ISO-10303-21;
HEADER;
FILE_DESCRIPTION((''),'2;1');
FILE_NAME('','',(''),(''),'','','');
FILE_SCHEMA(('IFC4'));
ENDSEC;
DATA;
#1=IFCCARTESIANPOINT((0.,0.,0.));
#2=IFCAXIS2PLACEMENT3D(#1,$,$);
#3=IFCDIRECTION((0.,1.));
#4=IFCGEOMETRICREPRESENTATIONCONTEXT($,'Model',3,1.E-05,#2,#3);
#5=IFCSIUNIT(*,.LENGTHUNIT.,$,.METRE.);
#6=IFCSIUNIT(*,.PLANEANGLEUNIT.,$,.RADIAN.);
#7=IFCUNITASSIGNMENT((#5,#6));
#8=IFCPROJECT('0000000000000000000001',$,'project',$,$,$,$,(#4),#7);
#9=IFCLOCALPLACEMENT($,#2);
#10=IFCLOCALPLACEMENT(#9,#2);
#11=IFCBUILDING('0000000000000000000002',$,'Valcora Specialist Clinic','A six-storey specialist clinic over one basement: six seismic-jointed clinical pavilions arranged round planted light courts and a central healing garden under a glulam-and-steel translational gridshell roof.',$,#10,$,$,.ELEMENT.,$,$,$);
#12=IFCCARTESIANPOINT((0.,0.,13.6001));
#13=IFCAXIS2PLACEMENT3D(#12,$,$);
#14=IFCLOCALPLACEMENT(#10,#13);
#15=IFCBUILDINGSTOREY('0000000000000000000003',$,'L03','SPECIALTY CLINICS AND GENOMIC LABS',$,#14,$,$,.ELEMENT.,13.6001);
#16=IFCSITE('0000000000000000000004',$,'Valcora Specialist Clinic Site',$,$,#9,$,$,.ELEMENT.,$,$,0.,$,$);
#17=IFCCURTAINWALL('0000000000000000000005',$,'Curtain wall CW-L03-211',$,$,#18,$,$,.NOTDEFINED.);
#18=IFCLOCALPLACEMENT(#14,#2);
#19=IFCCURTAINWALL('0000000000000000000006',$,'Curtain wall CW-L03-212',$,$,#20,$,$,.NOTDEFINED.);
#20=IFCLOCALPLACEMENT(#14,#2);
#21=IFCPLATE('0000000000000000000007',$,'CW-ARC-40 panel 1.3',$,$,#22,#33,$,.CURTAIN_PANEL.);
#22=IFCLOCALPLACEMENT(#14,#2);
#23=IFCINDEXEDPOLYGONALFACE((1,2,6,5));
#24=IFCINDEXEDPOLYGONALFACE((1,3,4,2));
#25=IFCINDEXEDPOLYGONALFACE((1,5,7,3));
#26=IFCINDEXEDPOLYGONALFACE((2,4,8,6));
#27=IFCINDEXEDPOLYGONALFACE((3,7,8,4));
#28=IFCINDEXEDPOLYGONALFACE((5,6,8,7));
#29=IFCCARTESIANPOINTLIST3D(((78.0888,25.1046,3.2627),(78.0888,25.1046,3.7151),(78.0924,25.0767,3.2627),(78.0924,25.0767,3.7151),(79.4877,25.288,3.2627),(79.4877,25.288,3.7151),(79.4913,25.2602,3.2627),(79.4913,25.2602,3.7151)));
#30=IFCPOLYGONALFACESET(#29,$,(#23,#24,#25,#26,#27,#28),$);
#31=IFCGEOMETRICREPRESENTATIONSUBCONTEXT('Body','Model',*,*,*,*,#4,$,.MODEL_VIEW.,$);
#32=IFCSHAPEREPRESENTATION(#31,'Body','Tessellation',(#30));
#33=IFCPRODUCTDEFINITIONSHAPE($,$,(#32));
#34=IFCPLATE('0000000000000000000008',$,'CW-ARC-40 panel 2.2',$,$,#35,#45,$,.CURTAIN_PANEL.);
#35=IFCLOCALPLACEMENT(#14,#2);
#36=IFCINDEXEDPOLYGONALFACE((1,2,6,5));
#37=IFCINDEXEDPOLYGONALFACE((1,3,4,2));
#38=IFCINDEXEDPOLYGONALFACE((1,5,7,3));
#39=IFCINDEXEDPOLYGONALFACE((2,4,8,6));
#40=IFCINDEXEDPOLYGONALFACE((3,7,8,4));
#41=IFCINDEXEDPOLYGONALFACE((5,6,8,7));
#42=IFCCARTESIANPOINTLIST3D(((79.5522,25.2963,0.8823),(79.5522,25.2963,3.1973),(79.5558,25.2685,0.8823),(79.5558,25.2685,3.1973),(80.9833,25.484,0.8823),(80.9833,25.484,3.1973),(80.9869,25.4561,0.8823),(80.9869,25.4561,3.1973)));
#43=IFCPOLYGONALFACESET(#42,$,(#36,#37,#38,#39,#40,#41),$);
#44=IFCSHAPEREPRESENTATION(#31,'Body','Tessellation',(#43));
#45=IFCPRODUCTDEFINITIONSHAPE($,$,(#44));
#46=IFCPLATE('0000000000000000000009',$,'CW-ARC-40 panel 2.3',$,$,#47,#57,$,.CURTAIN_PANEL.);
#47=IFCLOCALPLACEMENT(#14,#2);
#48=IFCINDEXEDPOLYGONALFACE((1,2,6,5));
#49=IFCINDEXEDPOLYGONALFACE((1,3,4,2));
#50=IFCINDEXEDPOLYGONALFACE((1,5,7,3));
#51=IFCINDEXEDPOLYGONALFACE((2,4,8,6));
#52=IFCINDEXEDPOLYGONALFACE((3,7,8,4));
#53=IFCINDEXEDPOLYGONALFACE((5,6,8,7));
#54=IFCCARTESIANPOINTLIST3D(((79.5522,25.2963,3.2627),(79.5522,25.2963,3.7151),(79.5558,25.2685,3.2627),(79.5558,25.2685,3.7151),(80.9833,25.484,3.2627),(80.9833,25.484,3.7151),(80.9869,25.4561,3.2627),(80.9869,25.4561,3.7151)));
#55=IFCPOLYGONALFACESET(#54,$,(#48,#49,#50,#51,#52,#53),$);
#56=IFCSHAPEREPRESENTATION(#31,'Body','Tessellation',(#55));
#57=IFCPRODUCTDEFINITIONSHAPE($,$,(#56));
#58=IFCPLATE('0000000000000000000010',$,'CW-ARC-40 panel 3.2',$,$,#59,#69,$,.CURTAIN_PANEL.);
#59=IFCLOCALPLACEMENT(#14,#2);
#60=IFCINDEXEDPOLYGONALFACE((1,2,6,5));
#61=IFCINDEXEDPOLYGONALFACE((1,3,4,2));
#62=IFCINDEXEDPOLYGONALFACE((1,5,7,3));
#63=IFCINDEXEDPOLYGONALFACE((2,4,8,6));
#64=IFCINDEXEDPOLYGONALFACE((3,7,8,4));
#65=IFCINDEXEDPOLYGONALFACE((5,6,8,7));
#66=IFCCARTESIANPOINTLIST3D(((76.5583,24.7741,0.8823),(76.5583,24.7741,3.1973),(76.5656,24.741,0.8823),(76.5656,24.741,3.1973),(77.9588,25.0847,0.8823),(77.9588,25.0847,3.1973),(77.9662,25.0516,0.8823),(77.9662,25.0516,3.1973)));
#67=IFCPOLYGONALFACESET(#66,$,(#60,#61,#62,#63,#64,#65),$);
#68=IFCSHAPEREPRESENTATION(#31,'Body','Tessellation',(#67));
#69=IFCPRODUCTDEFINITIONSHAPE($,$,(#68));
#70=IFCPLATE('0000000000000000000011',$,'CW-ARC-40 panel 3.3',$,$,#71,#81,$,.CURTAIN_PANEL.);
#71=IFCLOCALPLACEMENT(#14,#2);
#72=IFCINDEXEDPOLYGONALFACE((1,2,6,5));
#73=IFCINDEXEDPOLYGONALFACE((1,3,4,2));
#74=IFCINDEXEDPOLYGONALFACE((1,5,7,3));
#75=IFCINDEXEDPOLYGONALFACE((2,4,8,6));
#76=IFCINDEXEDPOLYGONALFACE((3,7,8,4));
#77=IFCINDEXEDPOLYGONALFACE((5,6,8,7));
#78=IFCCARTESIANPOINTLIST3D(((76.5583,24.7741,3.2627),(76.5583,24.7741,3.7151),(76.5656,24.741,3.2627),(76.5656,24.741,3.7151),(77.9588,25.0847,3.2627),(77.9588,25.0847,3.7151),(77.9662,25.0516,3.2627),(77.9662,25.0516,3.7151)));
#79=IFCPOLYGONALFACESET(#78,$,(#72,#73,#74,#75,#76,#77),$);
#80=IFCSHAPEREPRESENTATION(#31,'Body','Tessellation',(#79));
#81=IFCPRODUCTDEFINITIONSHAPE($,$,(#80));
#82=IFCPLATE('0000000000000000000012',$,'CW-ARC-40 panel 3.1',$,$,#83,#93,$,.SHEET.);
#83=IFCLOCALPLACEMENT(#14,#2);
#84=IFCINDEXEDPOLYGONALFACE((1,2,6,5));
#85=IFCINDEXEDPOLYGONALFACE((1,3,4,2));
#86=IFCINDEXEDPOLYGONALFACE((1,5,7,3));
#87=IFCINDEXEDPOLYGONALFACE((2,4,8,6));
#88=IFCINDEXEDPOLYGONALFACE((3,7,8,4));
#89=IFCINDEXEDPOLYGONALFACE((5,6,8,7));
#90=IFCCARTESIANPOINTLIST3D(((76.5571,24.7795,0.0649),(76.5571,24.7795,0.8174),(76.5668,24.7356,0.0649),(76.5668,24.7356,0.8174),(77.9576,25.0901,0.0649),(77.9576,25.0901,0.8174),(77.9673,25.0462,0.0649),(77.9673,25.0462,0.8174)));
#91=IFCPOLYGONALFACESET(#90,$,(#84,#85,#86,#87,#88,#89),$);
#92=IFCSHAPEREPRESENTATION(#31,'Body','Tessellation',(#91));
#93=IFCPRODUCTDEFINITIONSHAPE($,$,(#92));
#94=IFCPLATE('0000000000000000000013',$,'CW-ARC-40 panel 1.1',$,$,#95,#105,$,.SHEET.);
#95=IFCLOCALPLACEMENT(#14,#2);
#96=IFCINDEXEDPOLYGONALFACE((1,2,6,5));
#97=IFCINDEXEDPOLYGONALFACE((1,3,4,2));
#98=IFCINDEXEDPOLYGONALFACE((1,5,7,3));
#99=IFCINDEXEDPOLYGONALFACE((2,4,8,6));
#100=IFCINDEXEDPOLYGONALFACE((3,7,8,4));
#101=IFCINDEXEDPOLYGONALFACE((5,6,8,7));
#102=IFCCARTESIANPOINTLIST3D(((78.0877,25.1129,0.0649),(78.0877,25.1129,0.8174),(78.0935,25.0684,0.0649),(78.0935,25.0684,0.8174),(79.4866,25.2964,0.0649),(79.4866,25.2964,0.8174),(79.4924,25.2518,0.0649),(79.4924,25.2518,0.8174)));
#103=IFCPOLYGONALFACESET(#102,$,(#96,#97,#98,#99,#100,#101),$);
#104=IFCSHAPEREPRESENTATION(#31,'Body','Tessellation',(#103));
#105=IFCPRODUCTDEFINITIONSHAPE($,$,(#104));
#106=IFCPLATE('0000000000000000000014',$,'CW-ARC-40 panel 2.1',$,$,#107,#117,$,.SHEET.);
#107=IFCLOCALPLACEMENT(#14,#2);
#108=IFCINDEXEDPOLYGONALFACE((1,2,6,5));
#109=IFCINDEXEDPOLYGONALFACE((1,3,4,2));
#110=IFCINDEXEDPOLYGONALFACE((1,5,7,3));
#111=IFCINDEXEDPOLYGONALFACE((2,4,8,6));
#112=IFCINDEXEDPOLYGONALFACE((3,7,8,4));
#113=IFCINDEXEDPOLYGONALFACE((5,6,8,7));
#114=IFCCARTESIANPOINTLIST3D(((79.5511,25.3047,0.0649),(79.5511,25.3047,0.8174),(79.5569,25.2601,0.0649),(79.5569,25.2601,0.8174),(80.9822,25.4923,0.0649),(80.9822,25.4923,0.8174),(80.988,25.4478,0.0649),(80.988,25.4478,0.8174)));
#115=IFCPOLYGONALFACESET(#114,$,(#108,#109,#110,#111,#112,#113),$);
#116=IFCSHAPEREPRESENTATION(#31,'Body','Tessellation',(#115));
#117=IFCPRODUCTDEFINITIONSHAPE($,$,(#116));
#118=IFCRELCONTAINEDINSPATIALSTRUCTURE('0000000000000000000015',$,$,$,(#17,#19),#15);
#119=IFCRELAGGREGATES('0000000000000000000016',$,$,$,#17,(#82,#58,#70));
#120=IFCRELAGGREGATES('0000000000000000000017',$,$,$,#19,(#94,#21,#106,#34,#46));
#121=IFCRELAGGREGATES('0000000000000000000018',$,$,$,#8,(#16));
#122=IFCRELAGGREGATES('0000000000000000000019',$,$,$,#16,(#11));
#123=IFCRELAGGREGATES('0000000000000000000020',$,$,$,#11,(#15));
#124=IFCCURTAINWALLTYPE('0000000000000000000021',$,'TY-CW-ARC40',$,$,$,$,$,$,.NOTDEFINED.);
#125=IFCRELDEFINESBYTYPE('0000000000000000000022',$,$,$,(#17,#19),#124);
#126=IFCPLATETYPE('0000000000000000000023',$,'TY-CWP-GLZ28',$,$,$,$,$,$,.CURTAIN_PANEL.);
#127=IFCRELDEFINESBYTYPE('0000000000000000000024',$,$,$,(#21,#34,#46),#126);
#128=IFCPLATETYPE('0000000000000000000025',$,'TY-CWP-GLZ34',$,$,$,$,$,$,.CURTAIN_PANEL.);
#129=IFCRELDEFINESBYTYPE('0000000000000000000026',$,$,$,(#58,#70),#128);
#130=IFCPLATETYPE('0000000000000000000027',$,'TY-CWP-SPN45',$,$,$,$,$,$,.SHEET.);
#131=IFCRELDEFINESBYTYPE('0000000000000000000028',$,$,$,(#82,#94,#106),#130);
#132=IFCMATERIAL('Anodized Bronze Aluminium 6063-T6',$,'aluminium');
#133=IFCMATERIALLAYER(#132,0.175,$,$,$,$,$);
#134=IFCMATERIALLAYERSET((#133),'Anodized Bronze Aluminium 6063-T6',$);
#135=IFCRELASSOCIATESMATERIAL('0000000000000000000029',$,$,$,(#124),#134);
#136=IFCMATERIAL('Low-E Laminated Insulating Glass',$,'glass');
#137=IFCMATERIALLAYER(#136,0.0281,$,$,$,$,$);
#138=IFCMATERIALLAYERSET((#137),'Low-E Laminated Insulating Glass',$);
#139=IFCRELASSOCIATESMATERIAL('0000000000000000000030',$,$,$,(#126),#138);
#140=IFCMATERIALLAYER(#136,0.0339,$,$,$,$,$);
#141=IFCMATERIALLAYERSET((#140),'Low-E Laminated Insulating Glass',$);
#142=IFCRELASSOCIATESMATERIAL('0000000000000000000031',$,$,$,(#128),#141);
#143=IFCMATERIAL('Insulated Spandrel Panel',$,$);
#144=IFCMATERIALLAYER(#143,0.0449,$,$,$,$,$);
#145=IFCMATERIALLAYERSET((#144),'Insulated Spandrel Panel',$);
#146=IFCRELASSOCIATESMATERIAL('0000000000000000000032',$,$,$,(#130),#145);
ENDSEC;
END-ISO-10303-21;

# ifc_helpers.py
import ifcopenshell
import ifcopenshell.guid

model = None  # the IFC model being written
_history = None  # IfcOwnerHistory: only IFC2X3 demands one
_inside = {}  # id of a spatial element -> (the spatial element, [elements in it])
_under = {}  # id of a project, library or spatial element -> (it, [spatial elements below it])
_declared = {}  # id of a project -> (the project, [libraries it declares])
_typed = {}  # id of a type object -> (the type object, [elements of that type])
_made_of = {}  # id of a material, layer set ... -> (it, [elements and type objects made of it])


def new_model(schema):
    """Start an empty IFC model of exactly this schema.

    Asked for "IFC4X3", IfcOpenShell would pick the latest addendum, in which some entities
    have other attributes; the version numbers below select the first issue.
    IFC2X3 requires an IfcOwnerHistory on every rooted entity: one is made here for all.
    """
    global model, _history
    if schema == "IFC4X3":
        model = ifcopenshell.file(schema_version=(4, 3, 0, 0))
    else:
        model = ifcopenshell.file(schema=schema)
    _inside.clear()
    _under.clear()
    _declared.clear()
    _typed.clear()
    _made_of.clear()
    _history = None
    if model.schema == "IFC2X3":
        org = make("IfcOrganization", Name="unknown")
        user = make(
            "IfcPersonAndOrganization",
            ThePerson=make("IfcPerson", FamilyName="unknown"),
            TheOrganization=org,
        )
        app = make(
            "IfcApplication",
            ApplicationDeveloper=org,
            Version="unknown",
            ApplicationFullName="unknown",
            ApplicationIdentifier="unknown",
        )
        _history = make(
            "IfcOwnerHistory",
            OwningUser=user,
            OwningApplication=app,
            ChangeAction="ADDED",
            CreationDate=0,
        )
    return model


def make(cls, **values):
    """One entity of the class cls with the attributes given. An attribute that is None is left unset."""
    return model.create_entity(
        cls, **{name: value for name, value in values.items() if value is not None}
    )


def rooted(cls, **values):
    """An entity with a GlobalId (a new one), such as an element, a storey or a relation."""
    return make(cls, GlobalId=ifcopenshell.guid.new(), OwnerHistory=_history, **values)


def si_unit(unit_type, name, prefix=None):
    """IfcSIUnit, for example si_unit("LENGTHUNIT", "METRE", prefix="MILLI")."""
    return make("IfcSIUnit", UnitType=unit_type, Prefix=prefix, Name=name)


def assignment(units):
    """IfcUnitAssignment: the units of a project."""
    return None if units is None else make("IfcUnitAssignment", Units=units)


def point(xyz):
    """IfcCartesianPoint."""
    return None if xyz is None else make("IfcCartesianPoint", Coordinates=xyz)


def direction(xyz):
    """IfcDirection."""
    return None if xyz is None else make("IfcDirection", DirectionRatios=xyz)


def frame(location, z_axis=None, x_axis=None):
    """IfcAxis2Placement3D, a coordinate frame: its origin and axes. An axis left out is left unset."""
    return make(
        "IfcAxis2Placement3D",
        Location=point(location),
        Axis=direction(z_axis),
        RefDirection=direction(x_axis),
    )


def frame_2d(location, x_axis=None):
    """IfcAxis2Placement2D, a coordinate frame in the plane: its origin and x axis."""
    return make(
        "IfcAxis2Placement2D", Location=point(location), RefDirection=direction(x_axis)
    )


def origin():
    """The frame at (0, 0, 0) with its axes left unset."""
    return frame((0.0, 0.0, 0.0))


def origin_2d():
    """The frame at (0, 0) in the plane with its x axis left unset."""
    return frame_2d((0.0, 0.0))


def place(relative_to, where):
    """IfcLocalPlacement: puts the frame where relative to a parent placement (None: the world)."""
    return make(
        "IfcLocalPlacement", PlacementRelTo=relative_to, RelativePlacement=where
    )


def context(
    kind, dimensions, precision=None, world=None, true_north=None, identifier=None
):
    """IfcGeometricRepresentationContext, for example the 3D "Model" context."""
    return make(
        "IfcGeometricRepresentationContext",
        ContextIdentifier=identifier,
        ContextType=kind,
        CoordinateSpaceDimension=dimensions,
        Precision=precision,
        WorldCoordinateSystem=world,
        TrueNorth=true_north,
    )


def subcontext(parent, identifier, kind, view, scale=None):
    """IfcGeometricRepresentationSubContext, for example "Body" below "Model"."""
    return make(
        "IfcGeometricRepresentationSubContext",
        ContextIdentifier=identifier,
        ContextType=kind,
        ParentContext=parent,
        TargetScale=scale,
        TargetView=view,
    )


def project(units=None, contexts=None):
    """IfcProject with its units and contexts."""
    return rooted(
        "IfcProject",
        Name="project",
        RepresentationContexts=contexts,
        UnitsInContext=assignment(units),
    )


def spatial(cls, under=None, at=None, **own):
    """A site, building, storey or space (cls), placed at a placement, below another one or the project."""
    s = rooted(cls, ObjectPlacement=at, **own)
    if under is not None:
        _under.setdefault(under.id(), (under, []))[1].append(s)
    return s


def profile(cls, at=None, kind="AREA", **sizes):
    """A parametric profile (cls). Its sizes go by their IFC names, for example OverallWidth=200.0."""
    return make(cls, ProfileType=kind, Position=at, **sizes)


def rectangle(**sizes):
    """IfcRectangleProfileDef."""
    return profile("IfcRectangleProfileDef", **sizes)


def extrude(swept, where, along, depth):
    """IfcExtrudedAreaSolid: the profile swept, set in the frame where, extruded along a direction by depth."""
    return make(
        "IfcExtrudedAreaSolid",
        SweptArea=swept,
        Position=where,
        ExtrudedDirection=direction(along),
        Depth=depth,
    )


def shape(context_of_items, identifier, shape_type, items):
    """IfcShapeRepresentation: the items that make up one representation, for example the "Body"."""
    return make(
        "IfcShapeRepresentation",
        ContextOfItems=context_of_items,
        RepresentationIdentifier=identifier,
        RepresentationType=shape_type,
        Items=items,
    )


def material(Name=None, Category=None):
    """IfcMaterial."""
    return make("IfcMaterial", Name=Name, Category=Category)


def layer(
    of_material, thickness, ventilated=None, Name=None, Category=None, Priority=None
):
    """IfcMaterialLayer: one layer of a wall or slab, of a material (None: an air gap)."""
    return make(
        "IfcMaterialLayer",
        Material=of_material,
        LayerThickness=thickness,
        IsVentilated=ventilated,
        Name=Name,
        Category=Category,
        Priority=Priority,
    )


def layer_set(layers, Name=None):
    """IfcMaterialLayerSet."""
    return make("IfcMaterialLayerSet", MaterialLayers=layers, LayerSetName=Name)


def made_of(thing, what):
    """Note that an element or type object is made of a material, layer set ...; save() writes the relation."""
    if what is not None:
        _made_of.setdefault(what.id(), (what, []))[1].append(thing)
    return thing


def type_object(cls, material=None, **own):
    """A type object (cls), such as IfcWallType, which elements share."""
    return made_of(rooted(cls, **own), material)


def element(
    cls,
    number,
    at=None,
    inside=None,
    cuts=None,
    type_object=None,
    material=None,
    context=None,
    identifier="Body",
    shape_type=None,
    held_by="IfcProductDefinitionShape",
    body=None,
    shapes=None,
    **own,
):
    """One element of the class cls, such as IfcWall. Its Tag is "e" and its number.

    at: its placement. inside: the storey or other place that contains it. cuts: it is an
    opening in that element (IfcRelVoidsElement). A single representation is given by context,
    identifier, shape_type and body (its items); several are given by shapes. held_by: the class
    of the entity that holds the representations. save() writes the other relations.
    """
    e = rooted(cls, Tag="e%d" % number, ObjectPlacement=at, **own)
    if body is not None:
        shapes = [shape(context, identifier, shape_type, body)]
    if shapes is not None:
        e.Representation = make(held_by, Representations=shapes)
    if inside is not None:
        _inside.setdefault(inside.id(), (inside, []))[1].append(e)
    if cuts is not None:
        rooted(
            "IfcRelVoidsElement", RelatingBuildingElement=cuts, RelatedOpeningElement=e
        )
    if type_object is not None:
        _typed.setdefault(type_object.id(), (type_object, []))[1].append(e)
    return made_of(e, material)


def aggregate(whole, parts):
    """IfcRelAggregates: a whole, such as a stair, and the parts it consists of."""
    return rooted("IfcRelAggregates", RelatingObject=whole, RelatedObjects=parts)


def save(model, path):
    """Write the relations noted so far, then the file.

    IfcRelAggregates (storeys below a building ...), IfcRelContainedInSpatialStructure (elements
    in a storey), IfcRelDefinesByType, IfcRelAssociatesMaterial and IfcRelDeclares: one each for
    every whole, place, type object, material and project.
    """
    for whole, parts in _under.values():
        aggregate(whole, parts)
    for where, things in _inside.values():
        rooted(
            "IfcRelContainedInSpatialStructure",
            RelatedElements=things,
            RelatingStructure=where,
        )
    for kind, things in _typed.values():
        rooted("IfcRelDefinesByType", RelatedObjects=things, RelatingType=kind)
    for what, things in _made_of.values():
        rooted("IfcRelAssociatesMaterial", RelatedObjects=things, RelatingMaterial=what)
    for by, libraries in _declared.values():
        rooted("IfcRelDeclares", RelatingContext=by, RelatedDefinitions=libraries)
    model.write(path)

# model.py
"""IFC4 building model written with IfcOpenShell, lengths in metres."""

from ifc_helpers import new_model, si_unit, direction, frame, origin, origin_2d, place, context, subcontext, project, spatial, rectangle, extrude, material, layer, layer_set, type_object, element, aggregate, save


model = new_model("IFC4")

# Units and contexts
model_context = context("Model", 3, precision=1e-05, world=origin(), true_north=direction((0.0, 1.0)))
body_context = subcontext(model_context, "Body", "Model", "MODEL_VIEW")
ifc_project = project(units=[si_unit("LENGTHUNIT", "METRE"), si_unit("PLANEANGLEUNIT", "RADIAN")], contexts=[model_context])

# Site, building, storey
site_placement = place(None, origin())
site = spatial("IfcSite", under=ifc_project, at=site_placement, Name="Valcora Specialist Clinic Site", CompositionType="ELEMENT", RefElevation=0.0)
building_placement = place(site_placement, origin())
building = spatial("IfcBuilding", under=site, at=building_placement, Name="Valcora Specialist Clinic", Description="A six-storey specialist clinic over one basement: six seismic-jointed clinical pavilions arranged round planted light courts and a central healing garden under a glulam-and-steel translational gridshell roof.", CompositionType="ELEMENT")
storey_placement = place(building_placement, frame((0.0, 0.0, 13.6001)))
storey = spatial("IfcBuildingStorey", under=building, at=storey_placement, Name="L03", Description="SPECIALTY CLINICS AND GENOMIC LABS", CompositionType="ELEMENT", Elevation=13.6001)

# Curtain walls
ifc_material_1 = material(Name="Anodized Bronze Aluminium 6063-T6", Category="aluminium")
ifc_layer_1 = layer(ifc_material_1, 0.175)
ifc_layer_set_1 = layer_set([ifc_layer_1], Name="Anodized Bronze Aluminium 6063-T6")
curtain_wall_type = type_object("IfcCurtainWallType", Name="TY-CW-ARC40", PredefinedType="NOTDEFINED", material=ifc_layer_set_1)
curtain_wall_1_placement = place(storey_placement, origin())
curtain_wall_1 = element("IfcCurtainWall", 1, at=curtain_wall_1_placement, inside=storey, type_object=curtain_wall_type, Name="Curtain wall CW-L03-211", PredefinedType="NOTDEFINED")
curtain_wall_2_placement = place(storey_placement, origin())
curtain_wall_2 = element("IfcCurtainWall", 2, at=curtain_wall_2_placement, inside=storey, type_object=curtain_wall_type, Name="Curtain wall CW-L03-212", PredefinedType="NOTDEFINED")

# Plates
ifc_material_2 = material(Name="Low-E Laminated Insulating Glass", Category="glass")
ifc_layer_2 = layer(ifc_material_2, 0.0281)
ifc_layer_set_2 = layer_set([ifc_layer_2], Name="Low-E Laminated Insulating Glass")
plate_type_1 = type_object("IfcPlateType", Name="TY-CWP-GLZ28", PredefinedType="CURTAIN_PANEL", material=ifc_layer_set_2)
plate_1_placement = place(storey_placement, frame((78.79, 25.1824, 3.2627), z_axis=(0.0, 0.0, 1.0), x_axis=(0.991514, 0.129999, 0.0)))
plate_1 = element("IfcPlate", 3, at=plate_1_placement, type_object=plate_type_1, Name="CW-ARC-40 panel 1.3", PredefinedType="CURTAIN_PANEL", context=body_context, shape_type="SweptSolid", body=[
    extrude(rectangle(XDim=1.4109, YDim=0.0281, at=origin_2d()), origin(), (0.0, 0.0, 1.0), 0.4524),
])
plate_2_placement = place(storey_placement, frame((80.2695, 25.3762, 0.8823), z_axis=(0.0, 0.0, 1.0), x_axis=(0.991514, 0.129999, 0.0)))
plate_2 = element("IfcPlate", 4, at=plate_2_placement, type_object=plate_type_1, Name="CW-ARC-40 panel 2.2", PredefinedType="CURTAIN_PANEL", context=body_context, shape_type="SweptSolid", body=[
    extrude(rectangle(XDim=1.4434, YDim=0.0281, at=origin_2d()), origin(), (0.0, 0.0, 1.0), 2.3149),
])
plate_3_placement = place(storey_placement, frame((80.2695, 25.3762, 3.2627), z_axis=(0.0, 0.0, 1.0), x_axis=(0.991514, 0.129999, 0.0)))
plate_3 = element("IfcPlate", 5, at=plate_3_placement, type_object=plate_type_1, Name="CW-ARC-40 panel 2.3", PredefinedType="CURTAIN_PANEL", context=body_context, shape_type="SweptSolid", body=[
    extrude(rectangle(XDim=1.4434, YDim=0.0281, at=origin_2d()), origin(), (0.0, 0.0, 1.0), 0.4524),
])
ifc_layer_3 = layer(ifc_material_2, 0.0339)
ifc_layer_set_3 = layer_set([ifc_layer_3], Name="Low-E Laminated Insulating Glass")
plate_type_2 = type_object("IfcPlateType", Name="TY-CWP-GLZ34", PredefinedType="CURTAIN_PANEL", material=ifc_layer_set_3)
plate_4_placement = place(storey_placement, frame((77.2622, 24.9128, 0.8823), z_axis=(0.0, 0.0, 1.0), x_axis=(0.976279, 0.216518, 0.0)))
plate_4 = element("IfcPlate", 6, at=plate_4_placement, type_object=plate_type_2, Name="CW-ARC-40 panel 3.2", PredefinedType="CURTAIN_PANEL", context=body_context, shape_type="SweptSolid", body=[
    extrude(rectangle(XDim=1.4346, YDim=0.0339, at=origin_2d()), origin(), (0.0, 0.0, 1.0), 2.3149),
])
plate_5_placement = place(storey_placement, frame((77.2622, 24.9128, 3.2627), z_axis=(0.0, 0.0, 1.0), x_axis=(0.976279, 0.216518, 0.0)))
plate_5 = element("IfcPlate", 7, at=plate_5_placement, type_object=plate_type_2, Name="CW-ARC-40 panel 3.3", PredefinedType="CURTAIN_PANEL", context=body_context, shape_type="SweptSolid", body=[
    extrude(rectangle(XDim=1.4346, YDim=0.0339, at=origin_2d()), origin(), (0.0, 0.0, 1.0), 0.4524),
])
ifc_material_3 = material(Name="Insulated Spandrel Panel")
ifc_layer_4 = layer(ifc_material_3, 0.0449)
ifc_layer_set_4 = layer_set([ifc_layer_4], Name="Insulated Spandrel Panel")
plate_type_3 = type_object("IfcPlateType", Name="TY-CWP-SPN45", PredefinedType="SHEET", material=ifc_layer_set_4)
plate_6_placement = place(storey_placement, frame((77.2622, 24.9128, 0.0649), z_axis=(0.0, 0.0, 1.0), x_axis=(0.976279, 0.216518, 0.0)))
plate_6 = element("IfcPlate", 8, at=plate_6_placement, type_object=plate_type_3, Name="CW-ARC-40 panel 3.1", PredefinedType="SHEET", context=body_context, shape_type="SweptSolid", body=[
    extrude(rectangle(XDim=1.4346, YDim=0.0449, at=origin_2d()), origin(), (0.0, 0.0, 1.0), 0.7524),
])
aggregate(curtain_wall_1, [plate_6, plate_4, plate_5])
plate_7_placement = place(storey_placement, frame((78.79, 25.1824, 0.0649), z_axis=(0.0, 0.0, 1.0), x_axis=(0.991514, 0.129999, 0.0)))
plate_7 = element("IfcPlate", 9, at=plate_7_placement, type_object=plate_type_3, Name="CW-ARC-40 panel 1.1", PredefinedType="SHEET", context=body_context, shape_type="SweptSolid", body=[
    extrude(rectangle(XDim=1.4109, YDim=0.0449, at=origin_2d()), origin(), (0.0, 0.0, 1.0), 0.7524),
])
plate_8_placement = place(storey_placement, frame((80.2695, 25.3762, 0.0649), z_axis=(0.0, 0.0, 1.0), x_axis=(0.991514, 0.129999, 0.0)))
plate_8 = element("IfcPlate", 10, at=plate_8_placement, type_object=plate_type_3, Name="CW-ARC-40 panel 2.1", PredefinedType="SHEET", context=body_context, shape_type="SweptSolid", body=[
    extrude(rectangle(XDim=1.4434, YDim=0.0449, at=origin_2d()), origin(), (0.0, 0.0, 1.0), 0.7524),
])
aggregate(curtain_wall_2, [plate_7, plate_1, plate_8, plate_2, plate_3])

save(model, "model.ifc")
